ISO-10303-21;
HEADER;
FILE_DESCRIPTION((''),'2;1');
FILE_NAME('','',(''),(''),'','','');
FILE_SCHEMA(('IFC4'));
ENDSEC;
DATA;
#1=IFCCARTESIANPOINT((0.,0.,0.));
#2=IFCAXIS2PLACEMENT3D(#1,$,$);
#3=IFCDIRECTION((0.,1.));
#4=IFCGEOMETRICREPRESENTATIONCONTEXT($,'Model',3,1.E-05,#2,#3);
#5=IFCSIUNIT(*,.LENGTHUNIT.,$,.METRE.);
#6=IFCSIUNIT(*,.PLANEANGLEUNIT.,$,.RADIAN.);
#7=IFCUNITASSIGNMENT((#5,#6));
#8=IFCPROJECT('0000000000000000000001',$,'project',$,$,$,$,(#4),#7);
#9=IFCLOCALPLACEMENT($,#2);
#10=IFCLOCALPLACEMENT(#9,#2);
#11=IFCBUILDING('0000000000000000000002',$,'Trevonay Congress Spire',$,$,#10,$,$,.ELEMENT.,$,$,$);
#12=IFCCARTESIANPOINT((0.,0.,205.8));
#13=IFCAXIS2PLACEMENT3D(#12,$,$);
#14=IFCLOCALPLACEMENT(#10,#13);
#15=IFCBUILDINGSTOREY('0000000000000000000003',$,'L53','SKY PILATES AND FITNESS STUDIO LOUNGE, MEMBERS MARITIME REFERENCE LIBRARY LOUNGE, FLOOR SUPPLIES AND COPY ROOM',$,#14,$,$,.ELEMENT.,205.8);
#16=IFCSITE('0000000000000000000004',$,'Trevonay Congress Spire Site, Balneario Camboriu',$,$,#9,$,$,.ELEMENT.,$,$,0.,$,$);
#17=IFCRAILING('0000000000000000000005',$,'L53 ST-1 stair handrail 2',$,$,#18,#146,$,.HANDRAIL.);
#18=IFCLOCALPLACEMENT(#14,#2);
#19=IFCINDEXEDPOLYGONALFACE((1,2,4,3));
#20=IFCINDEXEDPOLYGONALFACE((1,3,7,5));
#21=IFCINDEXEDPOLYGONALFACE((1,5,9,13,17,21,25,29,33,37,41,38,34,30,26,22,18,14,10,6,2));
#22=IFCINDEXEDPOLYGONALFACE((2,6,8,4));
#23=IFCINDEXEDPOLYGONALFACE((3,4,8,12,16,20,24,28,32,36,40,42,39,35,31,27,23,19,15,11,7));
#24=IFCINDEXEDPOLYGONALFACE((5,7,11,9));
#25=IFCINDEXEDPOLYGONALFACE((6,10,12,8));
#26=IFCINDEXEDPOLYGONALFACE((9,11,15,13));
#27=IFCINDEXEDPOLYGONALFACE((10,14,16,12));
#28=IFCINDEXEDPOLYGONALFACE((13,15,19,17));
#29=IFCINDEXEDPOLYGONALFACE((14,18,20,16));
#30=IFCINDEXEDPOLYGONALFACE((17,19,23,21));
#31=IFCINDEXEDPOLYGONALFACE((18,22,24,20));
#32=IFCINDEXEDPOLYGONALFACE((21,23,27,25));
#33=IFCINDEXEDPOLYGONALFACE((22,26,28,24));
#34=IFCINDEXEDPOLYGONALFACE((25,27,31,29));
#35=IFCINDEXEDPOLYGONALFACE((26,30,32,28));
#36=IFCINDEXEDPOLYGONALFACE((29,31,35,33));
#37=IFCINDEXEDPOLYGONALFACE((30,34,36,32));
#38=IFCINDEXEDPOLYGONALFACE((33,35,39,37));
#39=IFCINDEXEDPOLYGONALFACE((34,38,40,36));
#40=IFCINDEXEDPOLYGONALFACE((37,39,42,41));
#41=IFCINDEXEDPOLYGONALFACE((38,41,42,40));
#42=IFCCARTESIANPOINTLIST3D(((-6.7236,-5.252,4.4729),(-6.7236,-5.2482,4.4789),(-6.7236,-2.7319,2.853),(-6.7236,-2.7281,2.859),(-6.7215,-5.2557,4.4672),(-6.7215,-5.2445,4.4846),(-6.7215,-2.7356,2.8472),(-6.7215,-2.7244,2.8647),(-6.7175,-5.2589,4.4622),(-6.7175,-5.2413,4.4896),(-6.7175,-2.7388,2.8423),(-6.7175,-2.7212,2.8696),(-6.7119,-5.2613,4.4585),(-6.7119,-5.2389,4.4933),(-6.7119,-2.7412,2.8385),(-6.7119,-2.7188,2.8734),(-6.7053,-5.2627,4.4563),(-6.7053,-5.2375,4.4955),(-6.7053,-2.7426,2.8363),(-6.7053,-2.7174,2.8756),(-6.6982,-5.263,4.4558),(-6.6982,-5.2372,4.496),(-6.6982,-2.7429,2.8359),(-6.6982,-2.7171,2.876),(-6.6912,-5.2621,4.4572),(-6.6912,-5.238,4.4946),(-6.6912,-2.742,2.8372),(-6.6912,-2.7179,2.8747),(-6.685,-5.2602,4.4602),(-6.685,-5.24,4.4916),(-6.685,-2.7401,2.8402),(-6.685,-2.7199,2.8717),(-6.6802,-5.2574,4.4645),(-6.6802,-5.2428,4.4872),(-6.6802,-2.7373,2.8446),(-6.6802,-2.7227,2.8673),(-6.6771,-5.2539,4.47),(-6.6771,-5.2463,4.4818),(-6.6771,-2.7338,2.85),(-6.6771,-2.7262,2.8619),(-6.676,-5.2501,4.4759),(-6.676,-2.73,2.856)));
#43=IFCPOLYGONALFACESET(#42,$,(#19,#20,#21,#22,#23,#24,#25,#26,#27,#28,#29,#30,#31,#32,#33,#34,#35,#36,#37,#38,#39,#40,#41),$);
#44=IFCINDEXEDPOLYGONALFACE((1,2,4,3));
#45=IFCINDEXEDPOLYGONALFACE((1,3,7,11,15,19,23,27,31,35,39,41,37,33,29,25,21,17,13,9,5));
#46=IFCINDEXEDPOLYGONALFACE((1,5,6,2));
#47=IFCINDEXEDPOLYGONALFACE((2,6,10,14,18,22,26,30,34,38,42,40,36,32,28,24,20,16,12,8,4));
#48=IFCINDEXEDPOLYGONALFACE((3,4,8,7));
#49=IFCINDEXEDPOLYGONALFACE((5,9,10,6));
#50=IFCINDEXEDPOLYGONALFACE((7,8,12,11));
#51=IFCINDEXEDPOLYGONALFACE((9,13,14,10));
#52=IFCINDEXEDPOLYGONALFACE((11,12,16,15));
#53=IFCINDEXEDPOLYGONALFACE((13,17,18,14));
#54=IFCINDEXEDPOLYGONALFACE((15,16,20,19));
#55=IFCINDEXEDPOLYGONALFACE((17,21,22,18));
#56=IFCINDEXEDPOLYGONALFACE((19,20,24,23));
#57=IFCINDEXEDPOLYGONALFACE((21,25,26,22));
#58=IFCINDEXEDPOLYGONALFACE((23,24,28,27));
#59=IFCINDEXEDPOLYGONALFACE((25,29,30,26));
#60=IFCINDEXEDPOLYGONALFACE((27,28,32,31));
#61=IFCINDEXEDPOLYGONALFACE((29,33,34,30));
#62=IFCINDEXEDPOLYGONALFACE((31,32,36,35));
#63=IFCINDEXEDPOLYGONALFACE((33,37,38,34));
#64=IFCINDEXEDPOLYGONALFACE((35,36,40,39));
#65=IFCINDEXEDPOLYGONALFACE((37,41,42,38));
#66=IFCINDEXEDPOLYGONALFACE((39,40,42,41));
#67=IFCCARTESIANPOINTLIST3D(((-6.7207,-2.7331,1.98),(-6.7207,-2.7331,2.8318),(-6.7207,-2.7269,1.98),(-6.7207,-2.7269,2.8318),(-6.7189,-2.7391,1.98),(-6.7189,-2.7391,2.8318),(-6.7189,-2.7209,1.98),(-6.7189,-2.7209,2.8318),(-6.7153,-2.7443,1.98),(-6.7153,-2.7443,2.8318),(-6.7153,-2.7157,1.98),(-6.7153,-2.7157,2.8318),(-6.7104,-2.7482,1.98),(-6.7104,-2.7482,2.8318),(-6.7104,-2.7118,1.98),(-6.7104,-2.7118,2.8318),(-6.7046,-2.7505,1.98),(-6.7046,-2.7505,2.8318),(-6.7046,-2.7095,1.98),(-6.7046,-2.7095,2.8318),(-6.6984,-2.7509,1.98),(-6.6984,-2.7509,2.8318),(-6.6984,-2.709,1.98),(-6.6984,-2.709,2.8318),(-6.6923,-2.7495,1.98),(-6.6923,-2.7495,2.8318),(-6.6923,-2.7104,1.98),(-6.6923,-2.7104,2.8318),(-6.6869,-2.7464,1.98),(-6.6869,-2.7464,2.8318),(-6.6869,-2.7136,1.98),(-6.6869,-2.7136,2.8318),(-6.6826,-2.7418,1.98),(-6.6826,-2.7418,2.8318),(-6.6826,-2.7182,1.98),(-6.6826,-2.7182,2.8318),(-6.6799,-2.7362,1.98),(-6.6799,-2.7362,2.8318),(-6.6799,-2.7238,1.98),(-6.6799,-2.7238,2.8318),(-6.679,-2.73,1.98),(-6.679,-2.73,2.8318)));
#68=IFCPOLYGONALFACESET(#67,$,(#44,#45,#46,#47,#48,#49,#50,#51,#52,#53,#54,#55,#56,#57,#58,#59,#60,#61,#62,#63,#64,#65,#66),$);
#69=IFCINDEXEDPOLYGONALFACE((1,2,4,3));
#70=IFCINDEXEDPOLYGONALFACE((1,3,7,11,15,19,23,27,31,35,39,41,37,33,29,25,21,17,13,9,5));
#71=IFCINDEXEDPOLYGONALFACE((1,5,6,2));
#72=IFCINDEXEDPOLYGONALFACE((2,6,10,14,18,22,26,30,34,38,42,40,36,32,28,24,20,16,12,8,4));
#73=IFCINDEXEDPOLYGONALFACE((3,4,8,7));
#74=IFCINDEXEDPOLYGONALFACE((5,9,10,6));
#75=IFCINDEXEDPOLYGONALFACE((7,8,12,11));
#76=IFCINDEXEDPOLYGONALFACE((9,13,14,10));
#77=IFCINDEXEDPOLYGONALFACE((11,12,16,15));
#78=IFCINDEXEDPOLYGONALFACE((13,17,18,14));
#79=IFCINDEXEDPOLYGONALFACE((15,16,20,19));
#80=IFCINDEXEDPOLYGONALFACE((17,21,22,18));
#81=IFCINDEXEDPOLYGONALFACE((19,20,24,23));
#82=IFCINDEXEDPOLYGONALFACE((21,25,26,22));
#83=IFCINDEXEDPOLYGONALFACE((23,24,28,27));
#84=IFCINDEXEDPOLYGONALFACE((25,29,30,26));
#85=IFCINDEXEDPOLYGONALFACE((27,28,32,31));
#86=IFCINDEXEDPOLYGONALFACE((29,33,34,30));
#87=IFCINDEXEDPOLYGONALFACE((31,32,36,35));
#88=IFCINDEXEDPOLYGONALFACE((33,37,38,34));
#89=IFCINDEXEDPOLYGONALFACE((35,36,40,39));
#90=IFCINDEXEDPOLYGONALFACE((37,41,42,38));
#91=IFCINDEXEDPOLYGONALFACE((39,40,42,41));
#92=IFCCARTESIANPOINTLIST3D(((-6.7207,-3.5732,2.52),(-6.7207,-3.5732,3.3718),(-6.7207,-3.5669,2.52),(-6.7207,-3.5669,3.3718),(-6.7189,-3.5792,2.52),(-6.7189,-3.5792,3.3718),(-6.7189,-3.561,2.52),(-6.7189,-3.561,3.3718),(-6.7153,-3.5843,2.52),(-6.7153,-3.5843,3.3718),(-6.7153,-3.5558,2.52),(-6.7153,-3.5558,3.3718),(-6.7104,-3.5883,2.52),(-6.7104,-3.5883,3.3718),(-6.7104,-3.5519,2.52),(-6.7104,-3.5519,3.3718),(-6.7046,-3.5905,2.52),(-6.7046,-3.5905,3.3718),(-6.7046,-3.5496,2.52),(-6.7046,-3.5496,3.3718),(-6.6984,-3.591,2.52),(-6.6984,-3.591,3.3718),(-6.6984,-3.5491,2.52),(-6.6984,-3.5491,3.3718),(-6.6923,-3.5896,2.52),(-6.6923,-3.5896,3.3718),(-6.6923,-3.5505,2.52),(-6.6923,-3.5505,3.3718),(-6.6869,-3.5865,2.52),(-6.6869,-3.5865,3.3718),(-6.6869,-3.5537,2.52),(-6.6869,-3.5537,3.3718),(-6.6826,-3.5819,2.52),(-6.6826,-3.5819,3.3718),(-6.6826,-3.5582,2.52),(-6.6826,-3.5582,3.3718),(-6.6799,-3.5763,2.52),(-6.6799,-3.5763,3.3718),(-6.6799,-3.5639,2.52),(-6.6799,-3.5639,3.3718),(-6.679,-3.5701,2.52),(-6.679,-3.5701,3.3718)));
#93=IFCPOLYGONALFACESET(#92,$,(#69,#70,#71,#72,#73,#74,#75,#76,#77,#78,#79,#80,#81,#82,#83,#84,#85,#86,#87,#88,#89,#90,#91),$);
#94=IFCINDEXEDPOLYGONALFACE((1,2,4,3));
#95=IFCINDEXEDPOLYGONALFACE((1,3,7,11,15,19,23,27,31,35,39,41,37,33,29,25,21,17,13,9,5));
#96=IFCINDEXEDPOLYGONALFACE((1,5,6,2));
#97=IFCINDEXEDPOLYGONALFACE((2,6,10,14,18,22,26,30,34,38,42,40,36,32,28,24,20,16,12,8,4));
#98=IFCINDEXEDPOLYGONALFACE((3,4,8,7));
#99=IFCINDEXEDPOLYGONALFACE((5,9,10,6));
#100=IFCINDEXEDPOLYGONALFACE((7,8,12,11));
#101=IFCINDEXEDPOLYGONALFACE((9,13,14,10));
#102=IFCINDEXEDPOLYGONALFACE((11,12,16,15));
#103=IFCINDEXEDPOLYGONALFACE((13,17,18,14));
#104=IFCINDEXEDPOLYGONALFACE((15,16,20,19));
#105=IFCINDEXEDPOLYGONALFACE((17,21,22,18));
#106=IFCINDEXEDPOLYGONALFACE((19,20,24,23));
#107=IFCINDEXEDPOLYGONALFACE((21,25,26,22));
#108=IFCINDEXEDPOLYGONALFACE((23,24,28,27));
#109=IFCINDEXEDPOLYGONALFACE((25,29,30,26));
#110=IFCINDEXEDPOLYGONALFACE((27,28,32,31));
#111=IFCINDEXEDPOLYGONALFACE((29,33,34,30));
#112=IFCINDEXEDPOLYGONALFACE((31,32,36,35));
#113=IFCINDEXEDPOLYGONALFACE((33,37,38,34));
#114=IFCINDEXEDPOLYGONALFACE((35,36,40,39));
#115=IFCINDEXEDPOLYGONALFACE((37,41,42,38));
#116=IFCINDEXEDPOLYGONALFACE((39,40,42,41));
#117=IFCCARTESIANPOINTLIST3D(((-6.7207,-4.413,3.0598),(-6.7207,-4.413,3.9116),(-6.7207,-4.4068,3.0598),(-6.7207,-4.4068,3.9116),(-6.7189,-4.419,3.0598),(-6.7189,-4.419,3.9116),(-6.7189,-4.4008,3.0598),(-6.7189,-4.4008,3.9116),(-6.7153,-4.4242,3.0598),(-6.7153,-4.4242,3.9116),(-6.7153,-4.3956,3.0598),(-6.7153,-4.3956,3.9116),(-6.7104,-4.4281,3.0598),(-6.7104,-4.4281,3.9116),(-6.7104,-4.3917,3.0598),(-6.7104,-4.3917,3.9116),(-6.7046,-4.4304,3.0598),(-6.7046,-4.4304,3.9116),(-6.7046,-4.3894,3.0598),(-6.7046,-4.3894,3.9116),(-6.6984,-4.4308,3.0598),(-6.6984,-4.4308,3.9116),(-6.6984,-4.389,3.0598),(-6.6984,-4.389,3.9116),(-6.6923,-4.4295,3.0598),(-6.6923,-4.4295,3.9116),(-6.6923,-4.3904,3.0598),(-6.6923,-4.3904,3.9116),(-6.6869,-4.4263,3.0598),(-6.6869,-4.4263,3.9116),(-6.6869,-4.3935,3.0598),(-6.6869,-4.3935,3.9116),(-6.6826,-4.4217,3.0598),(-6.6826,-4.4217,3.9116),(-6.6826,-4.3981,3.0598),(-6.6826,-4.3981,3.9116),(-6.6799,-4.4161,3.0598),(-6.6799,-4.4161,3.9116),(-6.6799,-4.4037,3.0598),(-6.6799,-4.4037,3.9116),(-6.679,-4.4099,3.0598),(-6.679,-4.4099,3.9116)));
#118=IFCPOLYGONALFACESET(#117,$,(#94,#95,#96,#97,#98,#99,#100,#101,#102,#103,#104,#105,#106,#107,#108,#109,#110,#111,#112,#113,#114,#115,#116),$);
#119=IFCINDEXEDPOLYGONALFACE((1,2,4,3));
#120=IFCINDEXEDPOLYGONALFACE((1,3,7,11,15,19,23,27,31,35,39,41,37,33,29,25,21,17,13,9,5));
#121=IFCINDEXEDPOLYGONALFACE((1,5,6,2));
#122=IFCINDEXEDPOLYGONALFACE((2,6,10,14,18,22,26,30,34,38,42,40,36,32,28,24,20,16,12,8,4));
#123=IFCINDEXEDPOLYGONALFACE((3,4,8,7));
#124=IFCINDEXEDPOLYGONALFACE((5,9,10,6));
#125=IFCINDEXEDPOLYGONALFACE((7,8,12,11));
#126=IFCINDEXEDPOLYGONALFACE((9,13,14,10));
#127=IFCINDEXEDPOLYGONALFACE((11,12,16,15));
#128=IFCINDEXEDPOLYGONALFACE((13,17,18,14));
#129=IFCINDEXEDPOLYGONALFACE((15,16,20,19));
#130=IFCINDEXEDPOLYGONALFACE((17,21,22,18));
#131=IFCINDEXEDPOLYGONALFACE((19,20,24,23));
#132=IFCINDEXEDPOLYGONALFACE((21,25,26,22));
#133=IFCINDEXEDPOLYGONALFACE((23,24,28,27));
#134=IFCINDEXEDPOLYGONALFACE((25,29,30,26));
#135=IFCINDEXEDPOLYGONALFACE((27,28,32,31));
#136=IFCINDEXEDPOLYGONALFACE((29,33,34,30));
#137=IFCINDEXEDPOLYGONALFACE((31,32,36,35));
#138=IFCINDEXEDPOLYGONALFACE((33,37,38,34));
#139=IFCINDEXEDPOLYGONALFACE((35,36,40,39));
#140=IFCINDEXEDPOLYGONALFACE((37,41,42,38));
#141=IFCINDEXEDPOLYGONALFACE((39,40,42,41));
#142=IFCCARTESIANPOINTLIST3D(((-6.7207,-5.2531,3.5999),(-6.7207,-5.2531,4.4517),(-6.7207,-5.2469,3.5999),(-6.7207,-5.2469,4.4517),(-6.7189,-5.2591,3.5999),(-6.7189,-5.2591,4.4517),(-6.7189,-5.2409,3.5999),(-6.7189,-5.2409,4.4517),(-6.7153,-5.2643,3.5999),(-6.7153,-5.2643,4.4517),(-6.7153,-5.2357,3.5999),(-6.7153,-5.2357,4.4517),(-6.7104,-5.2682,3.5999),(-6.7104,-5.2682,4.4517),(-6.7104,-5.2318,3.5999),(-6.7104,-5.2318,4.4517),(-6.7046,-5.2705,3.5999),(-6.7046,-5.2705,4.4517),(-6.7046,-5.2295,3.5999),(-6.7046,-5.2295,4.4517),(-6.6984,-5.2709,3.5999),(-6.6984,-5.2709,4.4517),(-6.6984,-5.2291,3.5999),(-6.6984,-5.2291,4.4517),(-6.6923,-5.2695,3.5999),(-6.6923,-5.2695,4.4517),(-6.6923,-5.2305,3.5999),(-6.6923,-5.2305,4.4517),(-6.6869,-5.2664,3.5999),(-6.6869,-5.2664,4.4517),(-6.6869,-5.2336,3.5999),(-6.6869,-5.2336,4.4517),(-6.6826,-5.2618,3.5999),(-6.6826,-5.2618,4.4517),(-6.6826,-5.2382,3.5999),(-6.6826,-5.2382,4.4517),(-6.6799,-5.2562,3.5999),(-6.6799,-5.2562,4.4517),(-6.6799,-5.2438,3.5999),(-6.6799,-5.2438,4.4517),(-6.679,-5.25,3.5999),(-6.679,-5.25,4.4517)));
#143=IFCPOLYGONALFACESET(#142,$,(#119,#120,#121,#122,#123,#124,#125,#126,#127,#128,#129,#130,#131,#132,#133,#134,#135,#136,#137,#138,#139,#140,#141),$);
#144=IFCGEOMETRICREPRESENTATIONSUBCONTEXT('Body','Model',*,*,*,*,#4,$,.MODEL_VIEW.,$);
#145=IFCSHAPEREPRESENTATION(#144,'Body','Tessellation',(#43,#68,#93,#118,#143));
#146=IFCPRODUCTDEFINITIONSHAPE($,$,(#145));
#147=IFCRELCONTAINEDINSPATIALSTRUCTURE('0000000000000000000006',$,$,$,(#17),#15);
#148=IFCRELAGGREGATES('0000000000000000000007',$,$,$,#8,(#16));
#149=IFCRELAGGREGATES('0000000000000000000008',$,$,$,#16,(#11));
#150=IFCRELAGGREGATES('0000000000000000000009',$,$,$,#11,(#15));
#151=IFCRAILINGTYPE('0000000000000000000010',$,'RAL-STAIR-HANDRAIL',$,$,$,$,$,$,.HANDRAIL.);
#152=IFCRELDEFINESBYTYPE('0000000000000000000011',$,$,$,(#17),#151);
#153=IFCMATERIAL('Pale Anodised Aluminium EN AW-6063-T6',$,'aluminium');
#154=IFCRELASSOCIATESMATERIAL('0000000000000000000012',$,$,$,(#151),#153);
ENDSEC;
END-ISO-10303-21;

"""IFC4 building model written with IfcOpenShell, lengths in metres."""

from ifc_helpers import new_model, si_unit, direction, frame, origin, origin_2d, place, context, subcontext, project, spatial, circle, extrude, material, type_object, element, save


model = new_model("IFC4")

# Units and contexts
model_context = context("Model", 3, precision=1e-05, world=origin(), true_north=direction((0.0, 1.0)))
body_context = subcontext(model_context, "Body", "Model", "MODEL_VIEW")
ifc_project = project(units=[si_unit("LENGTHUNIT", "METRE"), si_unit("PLANEANGLEUNIT", "RADIAN")], contexts=[model_context])

# Site, building, storey
site_placement = place(None, origin())
site = spatial("IfcSite", under=ifc_project, at=site_placement, Name="Trevonay Congress Spire Site, Balneario Camboriu", CompositionType="ELEMENT", RefElevation=0.0)
building_placement = place(site_placement, origin())
building = spatial("IfcBuilding", under=site, at=building_placement, Name="Trevonay Congress Spire", CompositionType="ELEMENT")
storey_placement = place(building_placement, frame((0.0, 0.0, 205.8)))
storey = spatial("IfcBuildingStorey", under=building, at=storey_placement, Name="L53", Description="SKY PILATES AND FITNESS STUDIO LOUNGE, MEMBERS MARITIME REFERENCE LIBRARY LOUNGE, FLOOR SUPPLIES AND COPY ROOM", CompositionType="ELEMENT", Elevation=205.8)

# Railing
ifc_material_1 = material(Name="Pale Anodised Aluminium EN AW-6063-T6", Category="aluminium")
railing_type_1 = type_object("IfcRailingType", Name="RAL-STAIR-HANDRAIL", PredefinedType="HANDRAIL", material=ifc_material_1)
railing_1_placement = place(storey_placement, frame((-6.7, -2.73, 1.98)))
element("IfcRailing", 1, at=railing_1_placement, inside=storey, type_object=railing_type_1, Name="L53 ST-1 stair handrail 2", PredefinedType="HANDRAIL", context=body_context, shape_type="SweptSolid", body=[
    extrude(circle(Radius=0.0239, at=origin_2d()), frame((0.0, 0.0, 0.876), z_axis=(0.0, -0.8412, 0.540725), x_axis=(1.0, 0.0, 0.0)), (0.0, 0.0, 1.0), 2.9958),
    extrude(circle(Radius=0.021, at=origin_2d()), origin(), (0.0, 0.0, 1.0), 0.8518),
    extrude(circle(Radius=0.021, at=origin_2d()), frame((0.0, -0.8401, 0.54)), (0.0, 0.0, 1.0), 0.8518),
    extrude(circle(Radius=0.021, at=origin_2d()), frame((0.0, -1.6799, 1.0798)), (0.0, 0.0, 1.0), 0.8518),
    extrude(circle(Radius=0.021, at=origin_2d()), frame((0.0, -2.52, 1.6199)), (0.0, 0.0, 1.0), 0.8518),
])

save(model, "model.ifc")
